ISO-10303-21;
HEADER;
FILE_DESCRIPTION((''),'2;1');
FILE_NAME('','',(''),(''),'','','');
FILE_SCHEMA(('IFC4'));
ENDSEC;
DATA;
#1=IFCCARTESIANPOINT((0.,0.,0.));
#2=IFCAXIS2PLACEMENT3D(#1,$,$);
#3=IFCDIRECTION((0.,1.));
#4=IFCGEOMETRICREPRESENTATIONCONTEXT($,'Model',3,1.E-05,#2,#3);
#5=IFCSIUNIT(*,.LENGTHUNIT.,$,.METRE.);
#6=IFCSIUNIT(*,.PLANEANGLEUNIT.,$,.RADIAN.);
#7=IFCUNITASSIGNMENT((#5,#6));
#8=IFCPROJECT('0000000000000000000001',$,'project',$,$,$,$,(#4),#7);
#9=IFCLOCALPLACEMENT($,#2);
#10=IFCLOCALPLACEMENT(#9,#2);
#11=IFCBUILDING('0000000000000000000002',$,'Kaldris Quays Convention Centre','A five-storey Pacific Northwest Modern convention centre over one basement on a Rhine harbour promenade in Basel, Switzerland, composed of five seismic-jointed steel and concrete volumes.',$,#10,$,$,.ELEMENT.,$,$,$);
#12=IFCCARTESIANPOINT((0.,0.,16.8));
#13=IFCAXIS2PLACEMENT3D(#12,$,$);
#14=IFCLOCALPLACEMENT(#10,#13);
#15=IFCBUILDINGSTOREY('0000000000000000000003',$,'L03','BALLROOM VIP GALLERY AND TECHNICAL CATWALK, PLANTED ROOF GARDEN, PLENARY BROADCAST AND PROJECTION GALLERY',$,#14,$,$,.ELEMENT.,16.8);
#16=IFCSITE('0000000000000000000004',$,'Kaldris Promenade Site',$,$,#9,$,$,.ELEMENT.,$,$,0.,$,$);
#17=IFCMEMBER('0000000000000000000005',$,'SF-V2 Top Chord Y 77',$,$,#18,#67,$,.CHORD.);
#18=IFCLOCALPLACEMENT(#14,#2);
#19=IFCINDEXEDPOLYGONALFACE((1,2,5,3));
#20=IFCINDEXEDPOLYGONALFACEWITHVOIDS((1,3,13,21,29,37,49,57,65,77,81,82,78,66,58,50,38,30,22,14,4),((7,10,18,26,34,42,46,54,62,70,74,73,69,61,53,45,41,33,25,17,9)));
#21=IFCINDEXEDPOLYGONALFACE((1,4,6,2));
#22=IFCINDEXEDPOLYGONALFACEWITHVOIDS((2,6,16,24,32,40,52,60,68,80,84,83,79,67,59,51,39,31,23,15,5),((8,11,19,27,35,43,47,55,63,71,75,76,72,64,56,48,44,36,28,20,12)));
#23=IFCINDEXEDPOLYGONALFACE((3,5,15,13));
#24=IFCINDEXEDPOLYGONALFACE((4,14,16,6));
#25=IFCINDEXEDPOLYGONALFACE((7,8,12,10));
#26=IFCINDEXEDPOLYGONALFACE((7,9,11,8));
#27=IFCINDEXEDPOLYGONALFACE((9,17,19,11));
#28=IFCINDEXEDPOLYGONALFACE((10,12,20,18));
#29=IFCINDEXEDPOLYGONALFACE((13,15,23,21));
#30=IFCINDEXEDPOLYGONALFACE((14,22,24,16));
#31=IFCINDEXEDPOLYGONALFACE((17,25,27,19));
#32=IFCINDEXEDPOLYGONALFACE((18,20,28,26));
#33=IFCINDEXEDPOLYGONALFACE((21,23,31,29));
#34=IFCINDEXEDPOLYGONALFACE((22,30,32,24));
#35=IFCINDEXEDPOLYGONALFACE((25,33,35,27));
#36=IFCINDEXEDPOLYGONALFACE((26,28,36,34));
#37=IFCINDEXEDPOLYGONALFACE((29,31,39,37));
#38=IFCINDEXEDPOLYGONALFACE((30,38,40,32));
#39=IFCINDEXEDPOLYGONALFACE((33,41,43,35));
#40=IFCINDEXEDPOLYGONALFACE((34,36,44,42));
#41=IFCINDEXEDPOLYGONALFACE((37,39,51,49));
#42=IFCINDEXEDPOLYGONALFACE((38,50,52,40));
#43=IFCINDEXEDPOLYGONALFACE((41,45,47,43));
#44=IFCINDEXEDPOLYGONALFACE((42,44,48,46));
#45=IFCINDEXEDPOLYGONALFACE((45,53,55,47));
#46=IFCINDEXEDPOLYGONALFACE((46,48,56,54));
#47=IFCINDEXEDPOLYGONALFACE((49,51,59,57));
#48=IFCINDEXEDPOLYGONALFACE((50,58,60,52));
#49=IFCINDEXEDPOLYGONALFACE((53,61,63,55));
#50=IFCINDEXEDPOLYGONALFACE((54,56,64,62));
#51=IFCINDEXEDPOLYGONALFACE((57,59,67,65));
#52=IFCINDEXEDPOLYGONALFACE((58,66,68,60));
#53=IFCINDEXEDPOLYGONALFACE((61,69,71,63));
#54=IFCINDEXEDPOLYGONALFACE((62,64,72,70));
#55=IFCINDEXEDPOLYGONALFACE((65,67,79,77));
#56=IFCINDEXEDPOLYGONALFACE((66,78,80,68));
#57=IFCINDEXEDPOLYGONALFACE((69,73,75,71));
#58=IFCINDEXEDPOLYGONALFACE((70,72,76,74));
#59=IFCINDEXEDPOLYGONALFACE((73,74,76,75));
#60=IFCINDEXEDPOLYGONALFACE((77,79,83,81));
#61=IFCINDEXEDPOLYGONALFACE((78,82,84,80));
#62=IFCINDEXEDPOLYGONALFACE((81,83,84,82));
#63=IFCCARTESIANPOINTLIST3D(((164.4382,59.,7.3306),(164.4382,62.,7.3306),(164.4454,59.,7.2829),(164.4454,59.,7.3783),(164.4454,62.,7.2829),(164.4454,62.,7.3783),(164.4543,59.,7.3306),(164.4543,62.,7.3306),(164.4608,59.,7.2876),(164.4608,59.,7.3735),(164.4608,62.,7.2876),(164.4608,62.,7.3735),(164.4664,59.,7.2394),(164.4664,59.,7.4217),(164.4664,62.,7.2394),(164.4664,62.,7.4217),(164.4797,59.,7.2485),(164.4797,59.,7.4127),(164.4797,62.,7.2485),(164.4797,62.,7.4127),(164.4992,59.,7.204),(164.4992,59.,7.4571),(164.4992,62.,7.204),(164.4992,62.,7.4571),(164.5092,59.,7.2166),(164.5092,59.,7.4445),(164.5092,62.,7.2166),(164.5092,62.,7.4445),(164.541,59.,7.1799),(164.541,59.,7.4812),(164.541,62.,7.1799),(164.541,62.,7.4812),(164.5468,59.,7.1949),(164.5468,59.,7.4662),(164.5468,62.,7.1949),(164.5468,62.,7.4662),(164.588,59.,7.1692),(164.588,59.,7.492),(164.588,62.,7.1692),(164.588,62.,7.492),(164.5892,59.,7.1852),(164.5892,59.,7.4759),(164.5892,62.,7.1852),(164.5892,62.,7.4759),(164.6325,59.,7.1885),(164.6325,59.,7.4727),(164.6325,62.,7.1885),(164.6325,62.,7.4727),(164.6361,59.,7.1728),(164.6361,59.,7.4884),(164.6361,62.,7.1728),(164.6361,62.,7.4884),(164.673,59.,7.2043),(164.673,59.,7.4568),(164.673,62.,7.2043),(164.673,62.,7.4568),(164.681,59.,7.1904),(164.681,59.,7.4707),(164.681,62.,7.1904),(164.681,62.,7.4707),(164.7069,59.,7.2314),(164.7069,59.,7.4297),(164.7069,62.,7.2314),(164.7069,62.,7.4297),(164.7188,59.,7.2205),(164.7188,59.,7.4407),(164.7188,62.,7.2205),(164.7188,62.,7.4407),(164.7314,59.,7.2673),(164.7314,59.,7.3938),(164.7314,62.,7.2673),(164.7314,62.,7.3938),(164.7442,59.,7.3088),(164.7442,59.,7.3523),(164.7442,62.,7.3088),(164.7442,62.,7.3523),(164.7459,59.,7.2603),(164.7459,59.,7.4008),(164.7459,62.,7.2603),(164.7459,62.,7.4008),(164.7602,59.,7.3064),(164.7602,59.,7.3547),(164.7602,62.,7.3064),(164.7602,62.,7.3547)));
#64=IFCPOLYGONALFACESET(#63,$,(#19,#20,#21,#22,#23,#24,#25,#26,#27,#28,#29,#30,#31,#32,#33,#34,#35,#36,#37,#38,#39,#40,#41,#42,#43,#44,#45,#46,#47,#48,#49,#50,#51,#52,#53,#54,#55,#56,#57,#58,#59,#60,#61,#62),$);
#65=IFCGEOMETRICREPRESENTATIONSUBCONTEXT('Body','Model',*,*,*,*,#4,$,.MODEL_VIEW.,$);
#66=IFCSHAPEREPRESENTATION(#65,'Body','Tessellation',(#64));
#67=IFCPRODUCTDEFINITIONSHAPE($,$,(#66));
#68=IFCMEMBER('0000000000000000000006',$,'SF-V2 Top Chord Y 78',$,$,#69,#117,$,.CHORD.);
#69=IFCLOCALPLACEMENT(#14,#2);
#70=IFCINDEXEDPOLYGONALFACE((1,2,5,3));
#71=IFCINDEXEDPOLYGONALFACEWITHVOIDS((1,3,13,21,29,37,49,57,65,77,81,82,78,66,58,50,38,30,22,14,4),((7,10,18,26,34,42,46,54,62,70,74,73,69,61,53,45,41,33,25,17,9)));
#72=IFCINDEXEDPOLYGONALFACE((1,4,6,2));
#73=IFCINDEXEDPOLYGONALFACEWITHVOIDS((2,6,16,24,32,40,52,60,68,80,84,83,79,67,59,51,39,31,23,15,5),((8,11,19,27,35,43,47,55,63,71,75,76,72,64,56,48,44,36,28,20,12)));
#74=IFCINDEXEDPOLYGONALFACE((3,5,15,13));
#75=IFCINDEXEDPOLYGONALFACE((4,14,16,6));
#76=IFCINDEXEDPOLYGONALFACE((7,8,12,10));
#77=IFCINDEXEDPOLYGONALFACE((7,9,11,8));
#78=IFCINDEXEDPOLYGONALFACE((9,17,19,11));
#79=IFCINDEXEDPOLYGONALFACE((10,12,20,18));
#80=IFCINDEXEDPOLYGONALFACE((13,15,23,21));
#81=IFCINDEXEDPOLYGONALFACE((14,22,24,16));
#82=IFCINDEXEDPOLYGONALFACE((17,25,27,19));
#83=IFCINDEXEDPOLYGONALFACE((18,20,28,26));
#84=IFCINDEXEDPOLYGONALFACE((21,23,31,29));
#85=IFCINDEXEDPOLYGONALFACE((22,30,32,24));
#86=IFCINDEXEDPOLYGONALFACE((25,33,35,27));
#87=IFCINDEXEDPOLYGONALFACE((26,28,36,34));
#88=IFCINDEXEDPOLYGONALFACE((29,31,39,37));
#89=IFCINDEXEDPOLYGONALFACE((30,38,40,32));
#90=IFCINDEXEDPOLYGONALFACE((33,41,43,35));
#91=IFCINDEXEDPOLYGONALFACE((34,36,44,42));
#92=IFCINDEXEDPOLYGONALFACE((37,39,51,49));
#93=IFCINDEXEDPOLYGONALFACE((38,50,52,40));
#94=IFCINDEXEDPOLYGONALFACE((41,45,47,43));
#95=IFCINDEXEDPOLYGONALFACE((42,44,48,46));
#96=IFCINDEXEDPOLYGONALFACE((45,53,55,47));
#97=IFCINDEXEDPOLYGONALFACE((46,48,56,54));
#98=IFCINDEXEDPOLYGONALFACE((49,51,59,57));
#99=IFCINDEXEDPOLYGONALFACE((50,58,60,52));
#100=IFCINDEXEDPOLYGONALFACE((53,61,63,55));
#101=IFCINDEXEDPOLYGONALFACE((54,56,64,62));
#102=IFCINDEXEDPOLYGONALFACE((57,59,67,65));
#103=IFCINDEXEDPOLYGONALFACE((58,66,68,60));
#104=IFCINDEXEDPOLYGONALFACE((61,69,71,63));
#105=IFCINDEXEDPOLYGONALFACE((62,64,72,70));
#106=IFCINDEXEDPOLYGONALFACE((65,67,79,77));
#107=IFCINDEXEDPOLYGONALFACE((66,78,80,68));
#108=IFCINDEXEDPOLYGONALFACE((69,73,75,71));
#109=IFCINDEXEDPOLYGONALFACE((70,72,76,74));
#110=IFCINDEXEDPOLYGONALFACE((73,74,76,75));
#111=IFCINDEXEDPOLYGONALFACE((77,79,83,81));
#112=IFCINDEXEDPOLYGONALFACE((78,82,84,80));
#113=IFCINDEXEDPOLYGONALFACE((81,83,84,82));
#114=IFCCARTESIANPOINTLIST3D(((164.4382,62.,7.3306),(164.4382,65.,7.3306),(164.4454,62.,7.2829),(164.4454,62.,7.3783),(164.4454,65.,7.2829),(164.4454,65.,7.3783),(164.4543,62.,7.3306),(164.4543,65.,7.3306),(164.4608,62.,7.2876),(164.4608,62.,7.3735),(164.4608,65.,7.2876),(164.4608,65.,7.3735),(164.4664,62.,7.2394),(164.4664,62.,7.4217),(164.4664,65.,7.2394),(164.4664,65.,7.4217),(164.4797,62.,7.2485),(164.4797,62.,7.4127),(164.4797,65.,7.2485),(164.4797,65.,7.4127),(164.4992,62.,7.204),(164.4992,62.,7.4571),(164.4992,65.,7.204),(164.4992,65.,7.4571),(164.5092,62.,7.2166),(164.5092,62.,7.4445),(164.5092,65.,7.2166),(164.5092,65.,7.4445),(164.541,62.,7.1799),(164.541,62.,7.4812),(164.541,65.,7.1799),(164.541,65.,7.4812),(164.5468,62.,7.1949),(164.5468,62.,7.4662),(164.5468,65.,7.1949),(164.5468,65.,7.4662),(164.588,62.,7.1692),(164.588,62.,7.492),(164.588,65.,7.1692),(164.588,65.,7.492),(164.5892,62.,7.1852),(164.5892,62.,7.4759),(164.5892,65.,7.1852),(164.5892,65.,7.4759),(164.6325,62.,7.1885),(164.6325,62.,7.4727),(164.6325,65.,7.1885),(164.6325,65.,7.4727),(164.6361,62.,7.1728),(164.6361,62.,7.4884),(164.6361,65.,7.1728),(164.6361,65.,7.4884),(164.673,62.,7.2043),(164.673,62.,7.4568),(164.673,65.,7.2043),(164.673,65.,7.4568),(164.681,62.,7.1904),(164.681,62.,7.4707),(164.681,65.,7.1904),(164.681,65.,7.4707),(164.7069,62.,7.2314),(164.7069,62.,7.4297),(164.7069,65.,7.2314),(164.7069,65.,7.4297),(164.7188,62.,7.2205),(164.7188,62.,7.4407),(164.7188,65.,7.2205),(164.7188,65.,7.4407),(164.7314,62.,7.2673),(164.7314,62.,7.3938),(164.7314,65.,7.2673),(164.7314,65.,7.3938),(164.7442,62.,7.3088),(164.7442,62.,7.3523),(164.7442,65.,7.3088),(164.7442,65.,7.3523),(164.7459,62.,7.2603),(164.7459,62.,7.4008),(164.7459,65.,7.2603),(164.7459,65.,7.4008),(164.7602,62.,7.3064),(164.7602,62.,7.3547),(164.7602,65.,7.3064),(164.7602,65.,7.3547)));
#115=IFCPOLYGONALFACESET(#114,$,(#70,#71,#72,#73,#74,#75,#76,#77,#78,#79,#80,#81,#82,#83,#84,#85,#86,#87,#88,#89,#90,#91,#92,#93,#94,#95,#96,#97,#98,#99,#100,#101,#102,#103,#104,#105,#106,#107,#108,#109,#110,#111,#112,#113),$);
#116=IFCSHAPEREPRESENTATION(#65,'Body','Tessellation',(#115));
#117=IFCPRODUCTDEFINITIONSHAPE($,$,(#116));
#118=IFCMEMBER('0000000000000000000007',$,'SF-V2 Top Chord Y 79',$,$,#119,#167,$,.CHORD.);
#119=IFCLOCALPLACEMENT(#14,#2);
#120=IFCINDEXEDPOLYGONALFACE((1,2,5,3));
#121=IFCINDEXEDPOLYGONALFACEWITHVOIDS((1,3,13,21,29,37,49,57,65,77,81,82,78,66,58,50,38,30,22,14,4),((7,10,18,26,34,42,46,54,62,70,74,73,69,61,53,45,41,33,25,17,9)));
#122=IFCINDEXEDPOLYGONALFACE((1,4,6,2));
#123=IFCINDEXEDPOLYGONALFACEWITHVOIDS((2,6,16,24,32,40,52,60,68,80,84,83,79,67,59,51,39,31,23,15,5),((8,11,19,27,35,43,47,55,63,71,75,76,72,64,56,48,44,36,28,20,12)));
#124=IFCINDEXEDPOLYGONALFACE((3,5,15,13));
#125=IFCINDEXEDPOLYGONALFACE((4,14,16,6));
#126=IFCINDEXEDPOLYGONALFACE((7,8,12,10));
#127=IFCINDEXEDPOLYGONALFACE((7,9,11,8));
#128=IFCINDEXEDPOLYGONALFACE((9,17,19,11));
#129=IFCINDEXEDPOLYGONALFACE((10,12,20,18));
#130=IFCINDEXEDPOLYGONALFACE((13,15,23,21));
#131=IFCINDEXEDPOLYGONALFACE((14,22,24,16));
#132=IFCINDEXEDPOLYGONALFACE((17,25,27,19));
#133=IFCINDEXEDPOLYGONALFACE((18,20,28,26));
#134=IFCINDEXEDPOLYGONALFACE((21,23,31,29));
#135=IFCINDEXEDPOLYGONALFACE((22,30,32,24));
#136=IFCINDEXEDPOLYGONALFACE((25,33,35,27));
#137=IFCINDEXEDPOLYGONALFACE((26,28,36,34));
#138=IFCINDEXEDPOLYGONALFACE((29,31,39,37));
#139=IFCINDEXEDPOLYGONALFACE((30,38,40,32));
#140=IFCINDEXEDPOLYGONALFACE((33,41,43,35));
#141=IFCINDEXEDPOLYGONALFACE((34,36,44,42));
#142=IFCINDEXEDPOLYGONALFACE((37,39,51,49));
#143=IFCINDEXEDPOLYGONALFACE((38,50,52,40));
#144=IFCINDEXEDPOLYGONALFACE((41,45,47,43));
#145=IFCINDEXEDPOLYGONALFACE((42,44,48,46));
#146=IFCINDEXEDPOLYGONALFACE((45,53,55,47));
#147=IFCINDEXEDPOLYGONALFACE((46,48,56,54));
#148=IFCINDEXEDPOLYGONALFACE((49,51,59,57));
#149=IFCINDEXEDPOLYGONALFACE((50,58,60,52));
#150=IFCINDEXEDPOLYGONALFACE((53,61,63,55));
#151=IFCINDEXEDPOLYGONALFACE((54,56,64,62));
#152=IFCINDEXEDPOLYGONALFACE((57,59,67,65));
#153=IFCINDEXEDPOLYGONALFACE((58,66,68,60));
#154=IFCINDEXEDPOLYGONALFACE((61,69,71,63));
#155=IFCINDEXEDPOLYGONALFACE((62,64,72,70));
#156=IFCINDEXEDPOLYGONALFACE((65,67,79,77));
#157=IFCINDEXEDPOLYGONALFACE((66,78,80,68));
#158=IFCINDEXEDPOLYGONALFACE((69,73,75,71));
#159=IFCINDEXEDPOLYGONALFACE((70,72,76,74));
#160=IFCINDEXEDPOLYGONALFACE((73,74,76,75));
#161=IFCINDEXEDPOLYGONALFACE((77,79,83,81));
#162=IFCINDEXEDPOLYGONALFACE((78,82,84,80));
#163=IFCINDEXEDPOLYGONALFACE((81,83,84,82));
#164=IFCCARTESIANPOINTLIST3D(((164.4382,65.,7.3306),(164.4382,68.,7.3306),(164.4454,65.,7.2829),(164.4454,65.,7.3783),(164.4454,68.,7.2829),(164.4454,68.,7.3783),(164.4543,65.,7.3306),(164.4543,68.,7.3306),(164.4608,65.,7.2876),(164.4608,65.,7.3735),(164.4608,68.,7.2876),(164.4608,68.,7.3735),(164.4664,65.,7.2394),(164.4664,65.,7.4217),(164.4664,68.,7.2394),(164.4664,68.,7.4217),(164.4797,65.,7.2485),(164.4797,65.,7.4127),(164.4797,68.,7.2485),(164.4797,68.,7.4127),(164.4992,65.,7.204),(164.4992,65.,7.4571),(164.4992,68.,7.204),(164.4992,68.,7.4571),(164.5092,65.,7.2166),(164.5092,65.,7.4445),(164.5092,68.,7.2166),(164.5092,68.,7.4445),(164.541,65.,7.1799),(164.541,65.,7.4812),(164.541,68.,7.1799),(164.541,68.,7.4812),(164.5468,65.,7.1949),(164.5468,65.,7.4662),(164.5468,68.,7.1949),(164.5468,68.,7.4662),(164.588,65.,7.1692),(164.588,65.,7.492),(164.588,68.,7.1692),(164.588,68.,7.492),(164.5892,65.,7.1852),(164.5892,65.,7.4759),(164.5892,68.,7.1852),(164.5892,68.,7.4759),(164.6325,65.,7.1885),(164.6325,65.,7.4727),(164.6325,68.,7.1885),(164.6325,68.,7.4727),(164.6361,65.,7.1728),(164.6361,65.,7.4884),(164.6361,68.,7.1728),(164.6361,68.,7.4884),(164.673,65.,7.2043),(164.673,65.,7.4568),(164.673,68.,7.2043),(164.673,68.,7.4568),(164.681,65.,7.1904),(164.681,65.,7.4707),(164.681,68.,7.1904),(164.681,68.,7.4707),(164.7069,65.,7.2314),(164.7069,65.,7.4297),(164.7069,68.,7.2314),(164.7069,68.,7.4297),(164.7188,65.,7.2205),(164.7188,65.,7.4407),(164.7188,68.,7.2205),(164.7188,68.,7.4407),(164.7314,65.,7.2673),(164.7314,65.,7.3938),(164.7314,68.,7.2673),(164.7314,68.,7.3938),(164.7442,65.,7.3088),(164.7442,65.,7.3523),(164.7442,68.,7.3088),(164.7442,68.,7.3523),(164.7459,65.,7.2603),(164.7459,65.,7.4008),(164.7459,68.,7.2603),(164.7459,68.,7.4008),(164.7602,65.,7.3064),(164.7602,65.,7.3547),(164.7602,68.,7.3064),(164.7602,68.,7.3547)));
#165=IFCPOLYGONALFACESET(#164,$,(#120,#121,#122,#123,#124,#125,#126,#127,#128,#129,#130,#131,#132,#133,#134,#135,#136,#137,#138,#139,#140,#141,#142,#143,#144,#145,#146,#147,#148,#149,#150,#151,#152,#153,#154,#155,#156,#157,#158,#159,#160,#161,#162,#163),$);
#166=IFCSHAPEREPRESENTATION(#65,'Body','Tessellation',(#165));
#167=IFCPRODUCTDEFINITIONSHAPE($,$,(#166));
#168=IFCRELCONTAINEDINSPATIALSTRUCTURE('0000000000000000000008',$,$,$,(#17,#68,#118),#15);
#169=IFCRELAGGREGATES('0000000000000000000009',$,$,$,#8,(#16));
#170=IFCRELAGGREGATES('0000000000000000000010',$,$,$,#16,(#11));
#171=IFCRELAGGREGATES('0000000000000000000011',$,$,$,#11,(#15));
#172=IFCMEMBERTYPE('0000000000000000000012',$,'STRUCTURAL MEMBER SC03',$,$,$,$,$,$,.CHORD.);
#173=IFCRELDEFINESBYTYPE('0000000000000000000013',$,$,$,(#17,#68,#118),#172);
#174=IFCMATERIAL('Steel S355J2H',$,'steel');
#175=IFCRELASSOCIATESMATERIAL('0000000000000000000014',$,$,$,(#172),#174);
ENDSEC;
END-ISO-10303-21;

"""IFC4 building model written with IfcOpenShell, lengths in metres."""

from ifc_helpers import new_model, si_unit, direction, frame, origin, origin_2d, place, context, subcontext, project, spatial, hollow_circle, extrude, material, material_profile, profile_set, type_object, element, save


model = new_model("IFC4")

# Units and contexts
model_context = context("Model", 3, precision=1e-05, world=origin(), true_north=direction((0.0, 1.0)))
body_context = subcontext(model_context, "Body", "Model", "MODEL_VIEW")
ifc_project = project(units=[si_unit("LENGTHUNIT", "METRE"), si_unit("PLANEANGLEUNIT", "RADIAN")], contexts=[model_context])

# Site, building, storey
site_placement = place(None, origin())
site = spatial("IfcSite", under=ifc_project, at=site_placement, Name="Kaldris Promenade Site", CompositionType="ELEMENT", RefElevation=0.0)
building_placement = place(site_placement, origin())
building = spatial("IfcBuilding", under=site, at=building_placement, Name="Kaldris Quays Convention Centre", Description="A five-storey Pacific Northwest Modern convention centre over one basement on a Rhine harbour promenade in Basel, Switzerland, composed of five seismic-jointed steel and concrete volumes.", CompositionType="ELEMENT")
storey_placement = place(building_placement, frame((0.0, 0.0, 16.8)))
storey = spatial("IfcBuildingStorey", under=building, at=storey_placement, Name="L03", Description="BALLROOM VIP GALLERY AND TECHNICAL CATWALK, PLANTED ROOF GARDEN, PLENARY BROADCAST AND PROJECTION GALLERY", CompositionType="ELEMENT", Elevation=16.8)

# Members
ifc_material_1 = material(Name="Steel S355J2H", Category="steel")
ifc_material_profile_1 = material_profile(ifc_material_1, hollow_circle(Radius=0.1619, WallThickness=0.0161, at=origin_2d()), Name="CHS 323.9x16")
ifc_profile_set_1 = profile_set([ifc_material_profile_1], Name="Steel S355J2H")
member_type_1 = type_object("IfcMemberType", Name="STRUCTURAL MEMBER SC03", PredefinedType="CHORD", material=ifc_profile_set_1)
for number, where, z_axis, x_axis, name in (
    (1, (164.6001, 59.0, 7.3306), (0.0, 1.0, 0.0), (-1.0, 0.0, 0.0), "SF-V2 Top Chord Y 77"),
    (2, (164.6001, 62.0, 7.3306), (0.0, 1.0, 0.0), (-1.0, 0.0, 0.0), "SF-V2 Top Chord Y 78"),
    (3, (164.6001, 65.0, 7.3306), (0.0, 1.0, 0.0), (-1.0, 0.0, 0.0), "SF-V2 Top Chord Y 79"),
):
    element("IfcMember", number, at=place(storey_placement, frame(where, z_axis=z_axis, x_axis=x_axis)), inside=storey, type_object=member_type_1, Name=name, PredefinedType="CHORD", context=body_context, shape_type="SweptSolid", body=[
        extrude(hollow_circle(Radius=0.1619, WallThickness=0.0161, at=origin_2d()), origin(), (0.0, 0.0, 1.0), 3.0),
    ])

save(model, "model.ifc")
